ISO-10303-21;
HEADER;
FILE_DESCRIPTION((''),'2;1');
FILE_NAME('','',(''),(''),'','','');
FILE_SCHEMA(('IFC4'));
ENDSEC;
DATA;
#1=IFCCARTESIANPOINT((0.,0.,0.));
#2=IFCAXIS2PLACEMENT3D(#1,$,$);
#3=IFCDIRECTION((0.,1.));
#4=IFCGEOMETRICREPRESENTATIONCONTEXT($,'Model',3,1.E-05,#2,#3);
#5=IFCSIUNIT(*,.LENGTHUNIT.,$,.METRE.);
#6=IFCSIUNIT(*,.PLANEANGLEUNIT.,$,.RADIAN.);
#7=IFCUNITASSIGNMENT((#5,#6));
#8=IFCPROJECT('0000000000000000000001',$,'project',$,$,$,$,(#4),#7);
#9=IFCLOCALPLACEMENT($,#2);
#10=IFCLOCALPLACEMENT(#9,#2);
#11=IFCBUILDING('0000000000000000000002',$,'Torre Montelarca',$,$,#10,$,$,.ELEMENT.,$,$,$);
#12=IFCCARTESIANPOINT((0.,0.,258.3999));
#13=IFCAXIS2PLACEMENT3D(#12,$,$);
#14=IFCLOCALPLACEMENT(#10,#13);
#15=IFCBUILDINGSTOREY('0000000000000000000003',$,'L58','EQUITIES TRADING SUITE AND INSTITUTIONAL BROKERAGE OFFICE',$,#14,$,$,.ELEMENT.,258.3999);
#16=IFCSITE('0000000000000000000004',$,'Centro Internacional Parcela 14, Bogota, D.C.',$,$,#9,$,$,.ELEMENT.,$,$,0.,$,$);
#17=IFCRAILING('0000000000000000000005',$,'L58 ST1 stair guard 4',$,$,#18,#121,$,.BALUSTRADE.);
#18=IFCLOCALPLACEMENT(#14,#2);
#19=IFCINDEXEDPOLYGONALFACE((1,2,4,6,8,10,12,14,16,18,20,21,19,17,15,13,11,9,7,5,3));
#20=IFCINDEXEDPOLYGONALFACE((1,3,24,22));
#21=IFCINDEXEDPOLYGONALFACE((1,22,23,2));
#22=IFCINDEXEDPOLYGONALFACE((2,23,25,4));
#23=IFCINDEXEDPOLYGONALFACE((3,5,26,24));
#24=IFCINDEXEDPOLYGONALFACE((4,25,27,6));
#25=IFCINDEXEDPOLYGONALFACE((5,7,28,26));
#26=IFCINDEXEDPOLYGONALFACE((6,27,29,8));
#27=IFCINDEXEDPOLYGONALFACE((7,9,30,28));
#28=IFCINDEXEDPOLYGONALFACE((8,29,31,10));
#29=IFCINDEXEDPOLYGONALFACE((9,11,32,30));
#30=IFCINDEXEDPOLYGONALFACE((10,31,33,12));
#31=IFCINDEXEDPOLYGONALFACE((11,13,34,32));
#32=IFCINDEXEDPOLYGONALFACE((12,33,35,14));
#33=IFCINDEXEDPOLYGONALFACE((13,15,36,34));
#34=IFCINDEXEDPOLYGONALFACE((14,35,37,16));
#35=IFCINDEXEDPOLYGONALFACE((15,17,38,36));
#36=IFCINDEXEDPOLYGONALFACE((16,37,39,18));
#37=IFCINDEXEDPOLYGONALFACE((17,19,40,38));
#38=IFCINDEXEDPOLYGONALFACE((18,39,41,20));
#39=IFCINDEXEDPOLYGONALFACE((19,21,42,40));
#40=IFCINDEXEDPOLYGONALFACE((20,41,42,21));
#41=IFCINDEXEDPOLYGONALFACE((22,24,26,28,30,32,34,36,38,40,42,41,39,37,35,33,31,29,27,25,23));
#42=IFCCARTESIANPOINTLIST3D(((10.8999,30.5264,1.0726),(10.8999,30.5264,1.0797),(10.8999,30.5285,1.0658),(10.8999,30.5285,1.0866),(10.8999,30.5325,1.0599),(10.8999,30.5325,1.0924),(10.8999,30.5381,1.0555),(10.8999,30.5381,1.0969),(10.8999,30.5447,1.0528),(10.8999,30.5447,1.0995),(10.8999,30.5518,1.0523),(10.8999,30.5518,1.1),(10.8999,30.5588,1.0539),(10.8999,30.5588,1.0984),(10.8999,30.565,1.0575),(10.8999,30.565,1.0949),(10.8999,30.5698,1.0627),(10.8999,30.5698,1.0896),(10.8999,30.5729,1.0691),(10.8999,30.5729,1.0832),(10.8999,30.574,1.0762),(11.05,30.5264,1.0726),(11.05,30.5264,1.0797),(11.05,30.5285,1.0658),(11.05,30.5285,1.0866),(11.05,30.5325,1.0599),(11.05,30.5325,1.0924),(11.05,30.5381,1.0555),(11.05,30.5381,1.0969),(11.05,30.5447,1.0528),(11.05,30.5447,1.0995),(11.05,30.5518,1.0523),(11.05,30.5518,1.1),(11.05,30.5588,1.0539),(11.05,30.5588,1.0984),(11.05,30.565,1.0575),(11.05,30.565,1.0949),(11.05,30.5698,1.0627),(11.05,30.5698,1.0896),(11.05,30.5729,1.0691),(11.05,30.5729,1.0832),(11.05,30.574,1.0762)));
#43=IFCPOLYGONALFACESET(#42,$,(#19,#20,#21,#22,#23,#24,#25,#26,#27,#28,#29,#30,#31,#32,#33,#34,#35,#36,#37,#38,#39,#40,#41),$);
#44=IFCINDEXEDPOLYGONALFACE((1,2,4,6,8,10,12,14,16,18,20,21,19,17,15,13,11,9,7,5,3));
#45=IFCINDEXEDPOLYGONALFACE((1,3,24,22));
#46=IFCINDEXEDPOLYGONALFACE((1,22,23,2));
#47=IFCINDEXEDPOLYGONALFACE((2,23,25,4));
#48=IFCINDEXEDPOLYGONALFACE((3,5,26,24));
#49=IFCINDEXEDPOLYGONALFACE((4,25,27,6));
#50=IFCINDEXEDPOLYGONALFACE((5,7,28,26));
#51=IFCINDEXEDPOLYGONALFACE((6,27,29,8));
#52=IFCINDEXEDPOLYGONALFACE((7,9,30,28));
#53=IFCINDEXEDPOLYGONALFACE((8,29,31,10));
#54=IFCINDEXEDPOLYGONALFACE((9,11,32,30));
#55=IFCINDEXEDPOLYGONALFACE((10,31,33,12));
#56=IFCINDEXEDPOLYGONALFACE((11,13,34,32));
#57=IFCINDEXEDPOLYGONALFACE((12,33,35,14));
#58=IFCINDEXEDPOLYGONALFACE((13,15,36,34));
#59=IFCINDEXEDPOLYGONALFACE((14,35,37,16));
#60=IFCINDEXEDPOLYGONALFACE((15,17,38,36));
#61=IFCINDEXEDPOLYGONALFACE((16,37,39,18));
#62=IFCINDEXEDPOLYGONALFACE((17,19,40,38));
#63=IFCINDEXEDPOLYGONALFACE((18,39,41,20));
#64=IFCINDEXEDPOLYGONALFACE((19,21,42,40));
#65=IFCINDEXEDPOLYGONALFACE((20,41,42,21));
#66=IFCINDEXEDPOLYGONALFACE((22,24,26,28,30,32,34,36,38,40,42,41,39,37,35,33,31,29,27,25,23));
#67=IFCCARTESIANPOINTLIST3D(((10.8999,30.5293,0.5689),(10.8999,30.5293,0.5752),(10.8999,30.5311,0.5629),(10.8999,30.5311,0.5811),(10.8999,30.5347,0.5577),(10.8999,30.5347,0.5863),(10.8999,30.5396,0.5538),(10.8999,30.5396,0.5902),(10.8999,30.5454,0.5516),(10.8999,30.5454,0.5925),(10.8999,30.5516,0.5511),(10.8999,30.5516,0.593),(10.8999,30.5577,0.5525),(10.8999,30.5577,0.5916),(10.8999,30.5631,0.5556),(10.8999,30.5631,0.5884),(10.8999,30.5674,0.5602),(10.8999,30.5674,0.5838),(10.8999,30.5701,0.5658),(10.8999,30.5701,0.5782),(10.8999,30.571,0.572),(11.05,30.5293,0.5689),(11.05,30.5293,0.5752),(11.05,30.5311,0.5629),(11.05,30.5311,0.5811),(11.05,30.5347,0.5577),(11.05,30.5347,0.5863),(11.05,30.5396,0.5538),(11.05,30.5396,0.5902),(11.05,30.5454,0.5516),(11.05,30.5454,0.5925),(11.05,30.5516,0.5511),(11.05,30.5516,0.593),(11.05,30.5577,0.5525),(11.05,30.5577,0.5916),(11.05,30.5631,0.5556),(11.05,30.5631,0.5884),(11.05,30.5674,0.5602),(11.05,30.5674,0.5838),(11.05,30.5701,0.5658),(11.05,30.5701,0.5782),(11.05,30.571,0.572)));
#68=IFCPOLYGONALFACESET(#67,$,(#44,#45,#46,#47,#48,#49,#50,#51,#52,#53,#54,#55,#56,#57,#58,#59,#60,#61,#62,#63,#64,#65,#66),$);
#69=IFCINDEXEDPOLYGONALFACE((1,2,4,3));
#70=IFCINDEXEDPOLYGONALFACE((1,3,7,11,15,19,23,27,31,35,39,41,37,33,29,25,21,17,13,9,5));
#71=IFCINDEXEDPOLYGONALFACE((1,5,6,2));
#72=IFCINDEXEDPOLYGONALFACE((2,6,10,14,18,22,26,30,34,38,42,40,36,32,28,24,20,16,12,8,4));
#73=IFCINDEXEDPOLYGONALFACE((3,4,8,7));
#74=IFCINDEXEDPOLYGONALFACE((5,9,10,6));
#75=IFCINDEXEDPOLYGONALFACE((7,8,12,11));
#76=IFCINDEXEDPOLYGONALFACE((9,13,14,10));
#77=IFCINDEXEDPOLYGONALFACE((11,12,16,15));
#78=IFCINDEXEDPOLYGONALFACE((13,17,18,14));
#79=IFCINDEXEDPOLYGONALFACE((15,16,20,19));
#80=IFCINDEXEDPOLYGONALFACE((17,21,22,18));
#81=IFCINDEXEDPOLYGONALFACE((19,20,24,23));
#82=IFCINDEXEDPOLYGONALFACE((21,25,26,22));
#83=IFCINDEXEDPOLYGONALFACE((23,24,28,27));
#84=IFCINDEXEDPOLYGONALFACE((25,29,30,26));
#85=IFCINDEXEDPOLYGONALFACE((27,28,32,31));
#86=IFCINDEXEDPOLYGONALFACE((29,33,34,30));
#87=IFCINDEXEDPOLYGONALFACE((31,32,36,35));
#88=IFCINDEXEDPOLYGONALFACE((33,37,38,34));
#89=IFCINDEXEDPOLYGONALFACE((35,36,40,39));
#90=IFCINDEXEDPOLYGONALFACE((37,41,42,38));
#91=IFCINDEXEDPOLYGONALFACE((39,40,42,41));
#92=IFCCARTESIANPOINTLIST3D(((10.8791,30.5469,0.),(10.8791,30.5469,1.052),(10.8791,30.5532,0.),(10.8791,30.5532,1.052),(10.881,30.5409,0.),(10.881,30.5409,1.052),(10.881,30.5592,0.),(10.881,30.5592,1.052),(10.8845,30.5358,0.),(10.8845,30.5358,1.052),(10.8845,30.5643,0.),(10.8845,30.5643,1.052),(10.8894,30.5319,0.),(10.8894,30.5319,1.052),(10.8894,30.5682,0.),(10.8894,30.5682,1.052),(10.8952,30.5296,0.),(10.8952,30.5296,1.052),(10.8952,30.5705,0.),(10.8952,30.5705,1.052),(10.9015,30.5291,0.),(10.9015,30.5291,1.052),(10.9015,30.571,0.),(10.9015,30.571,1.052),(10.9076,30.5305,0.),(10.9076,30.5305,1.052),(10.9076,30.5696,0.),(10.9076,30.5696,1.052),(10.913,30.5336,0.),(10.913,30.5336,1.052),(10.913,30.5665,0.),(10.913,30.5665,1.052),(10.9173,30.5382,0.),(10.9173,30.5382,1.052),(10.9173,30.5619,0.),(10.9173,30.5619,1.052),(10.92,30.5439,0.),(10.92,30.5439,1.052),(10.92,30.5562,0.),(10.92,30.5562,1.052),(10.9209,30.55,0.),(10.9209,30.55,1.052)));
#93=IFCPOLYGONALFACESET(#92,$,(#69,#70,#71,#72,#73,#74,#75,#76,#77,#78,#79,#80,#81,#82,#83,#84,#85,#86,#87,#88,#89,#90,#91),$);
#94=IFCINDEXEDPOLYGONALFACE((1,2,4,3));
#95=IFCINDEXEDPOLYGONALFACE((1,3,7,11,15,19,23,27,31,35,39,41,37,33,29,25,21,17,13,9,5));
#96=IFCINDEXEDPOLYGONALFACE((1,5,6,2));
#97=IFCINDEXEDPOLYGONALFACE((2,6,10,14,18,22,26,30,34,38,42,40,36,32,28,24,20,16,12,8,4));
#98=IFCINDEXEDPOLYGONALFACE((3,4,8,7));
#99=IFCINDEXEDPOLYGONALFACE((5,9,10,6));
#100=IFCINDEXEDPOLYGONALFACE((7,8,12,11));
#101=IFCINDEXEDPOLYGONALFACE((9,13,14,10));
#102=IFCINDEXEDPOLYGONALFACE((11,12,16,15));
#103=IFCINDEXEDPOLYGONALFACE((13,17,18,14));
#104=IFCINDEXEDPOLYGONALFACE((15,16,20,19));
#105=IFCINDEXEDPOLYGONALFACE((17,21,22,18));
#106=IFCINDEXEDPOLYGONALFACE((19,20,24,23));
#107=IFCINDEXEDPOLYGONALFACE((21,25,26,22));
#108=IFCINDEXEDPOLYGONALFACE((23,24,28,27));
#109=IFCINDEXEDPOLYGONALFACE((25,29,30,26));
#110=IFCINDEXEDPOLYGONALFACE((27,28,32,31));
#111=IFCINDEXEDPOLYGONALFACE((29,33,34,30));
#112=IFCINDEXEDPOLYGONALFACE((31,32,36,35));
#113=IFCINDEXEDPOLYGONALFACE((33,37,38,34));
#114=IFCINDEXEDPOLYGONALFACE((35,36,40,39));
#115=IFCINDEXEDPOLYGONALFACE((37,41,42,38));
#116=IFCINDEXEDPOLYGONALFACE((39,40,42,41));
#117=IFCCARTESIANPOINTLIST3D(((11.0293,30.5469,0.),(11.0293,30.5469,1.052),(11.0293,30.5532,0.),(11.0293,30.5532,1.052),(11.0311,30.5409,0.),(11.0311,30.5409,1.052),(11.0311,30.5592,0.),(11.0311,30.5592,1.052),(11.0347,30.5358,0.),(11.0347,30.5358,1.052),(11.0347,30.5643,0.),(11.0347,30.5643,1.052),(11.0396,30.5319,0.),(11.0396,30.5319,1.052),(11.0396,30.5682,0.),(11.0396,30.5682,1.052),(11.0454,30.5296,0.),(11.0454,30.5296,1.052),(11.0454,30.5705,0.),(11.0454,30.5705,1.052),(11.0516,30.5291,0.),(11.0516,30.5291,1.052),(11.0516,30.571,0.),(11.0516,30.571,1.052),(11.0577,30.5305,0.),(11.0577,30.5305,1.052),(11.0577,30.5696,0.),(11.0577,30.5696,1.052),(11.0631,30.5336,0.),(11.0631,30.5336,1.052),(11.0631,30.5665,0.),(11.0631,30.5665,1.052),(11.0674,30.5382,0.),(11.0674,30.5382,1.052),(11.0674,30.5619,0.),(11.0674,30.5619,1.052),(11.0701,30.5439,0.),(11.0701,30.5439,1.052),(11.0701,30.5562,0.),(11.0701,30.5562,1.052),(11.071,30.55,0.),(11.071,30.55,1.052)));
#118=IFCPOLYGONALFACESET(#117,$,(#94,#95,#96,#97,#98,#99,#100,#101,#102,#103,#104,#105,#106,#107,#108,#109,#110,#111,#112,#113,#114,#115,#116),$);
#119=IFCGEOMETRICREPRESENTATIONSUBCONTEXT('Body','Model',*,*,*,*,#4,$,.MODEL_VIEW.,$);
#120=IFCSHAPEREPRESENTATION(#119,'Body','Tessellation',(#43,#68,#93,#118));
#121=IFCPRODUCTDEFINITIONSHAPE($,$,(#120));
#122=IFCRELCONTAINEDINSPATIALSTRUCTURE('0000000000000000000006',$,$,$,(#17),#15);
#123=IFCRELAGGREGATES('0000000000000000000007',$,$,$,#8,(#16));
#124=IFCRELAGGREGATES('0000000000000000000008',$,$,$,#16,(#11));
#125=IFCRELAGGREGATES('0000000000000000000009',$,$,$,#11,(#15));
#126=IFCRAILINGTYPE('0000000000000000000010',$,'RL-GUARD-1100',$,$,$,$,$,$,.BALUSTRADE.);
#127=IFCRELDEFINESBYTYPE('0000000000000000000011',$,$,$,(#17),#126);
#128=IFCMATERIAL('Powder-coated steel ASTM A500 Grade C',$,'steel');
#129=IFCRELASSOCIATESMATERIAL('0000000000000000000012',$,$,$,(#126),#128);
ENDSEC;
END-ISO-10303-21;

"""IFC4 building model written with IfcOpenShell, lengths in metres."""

from ifc_helpers import new_model, si_unit, direction, frame, origin, origin_2d, place, context, subcontext, project, spatial, circle, extrude, material, type_object, element, save


model = new_model("IFC4")

# Units and contexts
model_context = context("Model", 3, precision=1e-05, world=origin(), true_north=direction((0.0, 1.0)))
body_context = subcontext(model_context, "Body", "Model", "MODEL_VIEW")
ifc_project = project(units=[si_unit("LENGTHUNIT", "METRE"), si_unit("PLANEANGLEUNIT", "RADIAN")], contexts=[model_context])

# Site, building, storey
site_placement = place(None, origin())
site = spatial("IfcSite", under=ifc_project, at=site_placement, Name="Centro Internacional Parcela 14, Bogota, D.C.", CompositionType="ELEMENT", RefElevation=0.0)
building_placement = place(site_placement, origin())
building = spatial("IfcBuilding", under=site, at=building_placement, Name="Torre Montelarca", CompositionType="ELEMENT")
storey_placement = place(building_placement, frame((0.0, 0.0, 258.3999)))
storey = spatial("IfcBuildingStorey", under=building, at=storey_placement, Name="L58", Description="EQUITIES TRADING SUITE AND INSTITUTIONAL BROKERAGE OFFICE", CompositionType="ELEMENT", Elevation=258.3999)

# Railing
ifc_material_1 = material(Name="Powder-coated steel ASTM A500 Grade C", Category="steel")
railing_type_1 = type_object("IfcRailingType", Name="RL-GUARD-1100", PredefinedType="BALUSTRADE", material=ifc_material_1)
railing_1_placement = place(storey_placement, frame((10.8999, 30.55, 0.0)))
element("IfcRailing", 1, at=railing_1_placement, inside=storey, type_object=railing_type_1, Name="L58 ST1 stair guard 4", PredefinedType="BALUSTRADE", context=body_context, shape_type="SweptSolid", body=[
    extrude(circle(Radius=0.0239, at=origin_2d()), frame((0.0, 0.0, 1.0762), z_axis=(1.0, 0.0, 0.0), x_axis=(0.0, 1.0, 0.0)), (0.0, 0.0, 1.0), 0.1501),
    extrude(circle(Radius=0.021, at=origin_2d()), frame((0.0, 0.0, 0.572), z_axis=(1.0, 0.0, 0.0), x_axis=(0.0, 1.0, 0.0)), (0.0, 0.0, 1.0), 0.1501),
    extrude(circle(Radius=0.021, at=origin_2d()), origin(), (0.0, 0.0, 1.0), 1.052),
    extrude(circle(Radius=0.021, at=origin_2d()), frame((0.1501, 0.0, 0.0)), (0.0, 0.0, 1.0), 1.052),
])

save(model, "model.ifc")
